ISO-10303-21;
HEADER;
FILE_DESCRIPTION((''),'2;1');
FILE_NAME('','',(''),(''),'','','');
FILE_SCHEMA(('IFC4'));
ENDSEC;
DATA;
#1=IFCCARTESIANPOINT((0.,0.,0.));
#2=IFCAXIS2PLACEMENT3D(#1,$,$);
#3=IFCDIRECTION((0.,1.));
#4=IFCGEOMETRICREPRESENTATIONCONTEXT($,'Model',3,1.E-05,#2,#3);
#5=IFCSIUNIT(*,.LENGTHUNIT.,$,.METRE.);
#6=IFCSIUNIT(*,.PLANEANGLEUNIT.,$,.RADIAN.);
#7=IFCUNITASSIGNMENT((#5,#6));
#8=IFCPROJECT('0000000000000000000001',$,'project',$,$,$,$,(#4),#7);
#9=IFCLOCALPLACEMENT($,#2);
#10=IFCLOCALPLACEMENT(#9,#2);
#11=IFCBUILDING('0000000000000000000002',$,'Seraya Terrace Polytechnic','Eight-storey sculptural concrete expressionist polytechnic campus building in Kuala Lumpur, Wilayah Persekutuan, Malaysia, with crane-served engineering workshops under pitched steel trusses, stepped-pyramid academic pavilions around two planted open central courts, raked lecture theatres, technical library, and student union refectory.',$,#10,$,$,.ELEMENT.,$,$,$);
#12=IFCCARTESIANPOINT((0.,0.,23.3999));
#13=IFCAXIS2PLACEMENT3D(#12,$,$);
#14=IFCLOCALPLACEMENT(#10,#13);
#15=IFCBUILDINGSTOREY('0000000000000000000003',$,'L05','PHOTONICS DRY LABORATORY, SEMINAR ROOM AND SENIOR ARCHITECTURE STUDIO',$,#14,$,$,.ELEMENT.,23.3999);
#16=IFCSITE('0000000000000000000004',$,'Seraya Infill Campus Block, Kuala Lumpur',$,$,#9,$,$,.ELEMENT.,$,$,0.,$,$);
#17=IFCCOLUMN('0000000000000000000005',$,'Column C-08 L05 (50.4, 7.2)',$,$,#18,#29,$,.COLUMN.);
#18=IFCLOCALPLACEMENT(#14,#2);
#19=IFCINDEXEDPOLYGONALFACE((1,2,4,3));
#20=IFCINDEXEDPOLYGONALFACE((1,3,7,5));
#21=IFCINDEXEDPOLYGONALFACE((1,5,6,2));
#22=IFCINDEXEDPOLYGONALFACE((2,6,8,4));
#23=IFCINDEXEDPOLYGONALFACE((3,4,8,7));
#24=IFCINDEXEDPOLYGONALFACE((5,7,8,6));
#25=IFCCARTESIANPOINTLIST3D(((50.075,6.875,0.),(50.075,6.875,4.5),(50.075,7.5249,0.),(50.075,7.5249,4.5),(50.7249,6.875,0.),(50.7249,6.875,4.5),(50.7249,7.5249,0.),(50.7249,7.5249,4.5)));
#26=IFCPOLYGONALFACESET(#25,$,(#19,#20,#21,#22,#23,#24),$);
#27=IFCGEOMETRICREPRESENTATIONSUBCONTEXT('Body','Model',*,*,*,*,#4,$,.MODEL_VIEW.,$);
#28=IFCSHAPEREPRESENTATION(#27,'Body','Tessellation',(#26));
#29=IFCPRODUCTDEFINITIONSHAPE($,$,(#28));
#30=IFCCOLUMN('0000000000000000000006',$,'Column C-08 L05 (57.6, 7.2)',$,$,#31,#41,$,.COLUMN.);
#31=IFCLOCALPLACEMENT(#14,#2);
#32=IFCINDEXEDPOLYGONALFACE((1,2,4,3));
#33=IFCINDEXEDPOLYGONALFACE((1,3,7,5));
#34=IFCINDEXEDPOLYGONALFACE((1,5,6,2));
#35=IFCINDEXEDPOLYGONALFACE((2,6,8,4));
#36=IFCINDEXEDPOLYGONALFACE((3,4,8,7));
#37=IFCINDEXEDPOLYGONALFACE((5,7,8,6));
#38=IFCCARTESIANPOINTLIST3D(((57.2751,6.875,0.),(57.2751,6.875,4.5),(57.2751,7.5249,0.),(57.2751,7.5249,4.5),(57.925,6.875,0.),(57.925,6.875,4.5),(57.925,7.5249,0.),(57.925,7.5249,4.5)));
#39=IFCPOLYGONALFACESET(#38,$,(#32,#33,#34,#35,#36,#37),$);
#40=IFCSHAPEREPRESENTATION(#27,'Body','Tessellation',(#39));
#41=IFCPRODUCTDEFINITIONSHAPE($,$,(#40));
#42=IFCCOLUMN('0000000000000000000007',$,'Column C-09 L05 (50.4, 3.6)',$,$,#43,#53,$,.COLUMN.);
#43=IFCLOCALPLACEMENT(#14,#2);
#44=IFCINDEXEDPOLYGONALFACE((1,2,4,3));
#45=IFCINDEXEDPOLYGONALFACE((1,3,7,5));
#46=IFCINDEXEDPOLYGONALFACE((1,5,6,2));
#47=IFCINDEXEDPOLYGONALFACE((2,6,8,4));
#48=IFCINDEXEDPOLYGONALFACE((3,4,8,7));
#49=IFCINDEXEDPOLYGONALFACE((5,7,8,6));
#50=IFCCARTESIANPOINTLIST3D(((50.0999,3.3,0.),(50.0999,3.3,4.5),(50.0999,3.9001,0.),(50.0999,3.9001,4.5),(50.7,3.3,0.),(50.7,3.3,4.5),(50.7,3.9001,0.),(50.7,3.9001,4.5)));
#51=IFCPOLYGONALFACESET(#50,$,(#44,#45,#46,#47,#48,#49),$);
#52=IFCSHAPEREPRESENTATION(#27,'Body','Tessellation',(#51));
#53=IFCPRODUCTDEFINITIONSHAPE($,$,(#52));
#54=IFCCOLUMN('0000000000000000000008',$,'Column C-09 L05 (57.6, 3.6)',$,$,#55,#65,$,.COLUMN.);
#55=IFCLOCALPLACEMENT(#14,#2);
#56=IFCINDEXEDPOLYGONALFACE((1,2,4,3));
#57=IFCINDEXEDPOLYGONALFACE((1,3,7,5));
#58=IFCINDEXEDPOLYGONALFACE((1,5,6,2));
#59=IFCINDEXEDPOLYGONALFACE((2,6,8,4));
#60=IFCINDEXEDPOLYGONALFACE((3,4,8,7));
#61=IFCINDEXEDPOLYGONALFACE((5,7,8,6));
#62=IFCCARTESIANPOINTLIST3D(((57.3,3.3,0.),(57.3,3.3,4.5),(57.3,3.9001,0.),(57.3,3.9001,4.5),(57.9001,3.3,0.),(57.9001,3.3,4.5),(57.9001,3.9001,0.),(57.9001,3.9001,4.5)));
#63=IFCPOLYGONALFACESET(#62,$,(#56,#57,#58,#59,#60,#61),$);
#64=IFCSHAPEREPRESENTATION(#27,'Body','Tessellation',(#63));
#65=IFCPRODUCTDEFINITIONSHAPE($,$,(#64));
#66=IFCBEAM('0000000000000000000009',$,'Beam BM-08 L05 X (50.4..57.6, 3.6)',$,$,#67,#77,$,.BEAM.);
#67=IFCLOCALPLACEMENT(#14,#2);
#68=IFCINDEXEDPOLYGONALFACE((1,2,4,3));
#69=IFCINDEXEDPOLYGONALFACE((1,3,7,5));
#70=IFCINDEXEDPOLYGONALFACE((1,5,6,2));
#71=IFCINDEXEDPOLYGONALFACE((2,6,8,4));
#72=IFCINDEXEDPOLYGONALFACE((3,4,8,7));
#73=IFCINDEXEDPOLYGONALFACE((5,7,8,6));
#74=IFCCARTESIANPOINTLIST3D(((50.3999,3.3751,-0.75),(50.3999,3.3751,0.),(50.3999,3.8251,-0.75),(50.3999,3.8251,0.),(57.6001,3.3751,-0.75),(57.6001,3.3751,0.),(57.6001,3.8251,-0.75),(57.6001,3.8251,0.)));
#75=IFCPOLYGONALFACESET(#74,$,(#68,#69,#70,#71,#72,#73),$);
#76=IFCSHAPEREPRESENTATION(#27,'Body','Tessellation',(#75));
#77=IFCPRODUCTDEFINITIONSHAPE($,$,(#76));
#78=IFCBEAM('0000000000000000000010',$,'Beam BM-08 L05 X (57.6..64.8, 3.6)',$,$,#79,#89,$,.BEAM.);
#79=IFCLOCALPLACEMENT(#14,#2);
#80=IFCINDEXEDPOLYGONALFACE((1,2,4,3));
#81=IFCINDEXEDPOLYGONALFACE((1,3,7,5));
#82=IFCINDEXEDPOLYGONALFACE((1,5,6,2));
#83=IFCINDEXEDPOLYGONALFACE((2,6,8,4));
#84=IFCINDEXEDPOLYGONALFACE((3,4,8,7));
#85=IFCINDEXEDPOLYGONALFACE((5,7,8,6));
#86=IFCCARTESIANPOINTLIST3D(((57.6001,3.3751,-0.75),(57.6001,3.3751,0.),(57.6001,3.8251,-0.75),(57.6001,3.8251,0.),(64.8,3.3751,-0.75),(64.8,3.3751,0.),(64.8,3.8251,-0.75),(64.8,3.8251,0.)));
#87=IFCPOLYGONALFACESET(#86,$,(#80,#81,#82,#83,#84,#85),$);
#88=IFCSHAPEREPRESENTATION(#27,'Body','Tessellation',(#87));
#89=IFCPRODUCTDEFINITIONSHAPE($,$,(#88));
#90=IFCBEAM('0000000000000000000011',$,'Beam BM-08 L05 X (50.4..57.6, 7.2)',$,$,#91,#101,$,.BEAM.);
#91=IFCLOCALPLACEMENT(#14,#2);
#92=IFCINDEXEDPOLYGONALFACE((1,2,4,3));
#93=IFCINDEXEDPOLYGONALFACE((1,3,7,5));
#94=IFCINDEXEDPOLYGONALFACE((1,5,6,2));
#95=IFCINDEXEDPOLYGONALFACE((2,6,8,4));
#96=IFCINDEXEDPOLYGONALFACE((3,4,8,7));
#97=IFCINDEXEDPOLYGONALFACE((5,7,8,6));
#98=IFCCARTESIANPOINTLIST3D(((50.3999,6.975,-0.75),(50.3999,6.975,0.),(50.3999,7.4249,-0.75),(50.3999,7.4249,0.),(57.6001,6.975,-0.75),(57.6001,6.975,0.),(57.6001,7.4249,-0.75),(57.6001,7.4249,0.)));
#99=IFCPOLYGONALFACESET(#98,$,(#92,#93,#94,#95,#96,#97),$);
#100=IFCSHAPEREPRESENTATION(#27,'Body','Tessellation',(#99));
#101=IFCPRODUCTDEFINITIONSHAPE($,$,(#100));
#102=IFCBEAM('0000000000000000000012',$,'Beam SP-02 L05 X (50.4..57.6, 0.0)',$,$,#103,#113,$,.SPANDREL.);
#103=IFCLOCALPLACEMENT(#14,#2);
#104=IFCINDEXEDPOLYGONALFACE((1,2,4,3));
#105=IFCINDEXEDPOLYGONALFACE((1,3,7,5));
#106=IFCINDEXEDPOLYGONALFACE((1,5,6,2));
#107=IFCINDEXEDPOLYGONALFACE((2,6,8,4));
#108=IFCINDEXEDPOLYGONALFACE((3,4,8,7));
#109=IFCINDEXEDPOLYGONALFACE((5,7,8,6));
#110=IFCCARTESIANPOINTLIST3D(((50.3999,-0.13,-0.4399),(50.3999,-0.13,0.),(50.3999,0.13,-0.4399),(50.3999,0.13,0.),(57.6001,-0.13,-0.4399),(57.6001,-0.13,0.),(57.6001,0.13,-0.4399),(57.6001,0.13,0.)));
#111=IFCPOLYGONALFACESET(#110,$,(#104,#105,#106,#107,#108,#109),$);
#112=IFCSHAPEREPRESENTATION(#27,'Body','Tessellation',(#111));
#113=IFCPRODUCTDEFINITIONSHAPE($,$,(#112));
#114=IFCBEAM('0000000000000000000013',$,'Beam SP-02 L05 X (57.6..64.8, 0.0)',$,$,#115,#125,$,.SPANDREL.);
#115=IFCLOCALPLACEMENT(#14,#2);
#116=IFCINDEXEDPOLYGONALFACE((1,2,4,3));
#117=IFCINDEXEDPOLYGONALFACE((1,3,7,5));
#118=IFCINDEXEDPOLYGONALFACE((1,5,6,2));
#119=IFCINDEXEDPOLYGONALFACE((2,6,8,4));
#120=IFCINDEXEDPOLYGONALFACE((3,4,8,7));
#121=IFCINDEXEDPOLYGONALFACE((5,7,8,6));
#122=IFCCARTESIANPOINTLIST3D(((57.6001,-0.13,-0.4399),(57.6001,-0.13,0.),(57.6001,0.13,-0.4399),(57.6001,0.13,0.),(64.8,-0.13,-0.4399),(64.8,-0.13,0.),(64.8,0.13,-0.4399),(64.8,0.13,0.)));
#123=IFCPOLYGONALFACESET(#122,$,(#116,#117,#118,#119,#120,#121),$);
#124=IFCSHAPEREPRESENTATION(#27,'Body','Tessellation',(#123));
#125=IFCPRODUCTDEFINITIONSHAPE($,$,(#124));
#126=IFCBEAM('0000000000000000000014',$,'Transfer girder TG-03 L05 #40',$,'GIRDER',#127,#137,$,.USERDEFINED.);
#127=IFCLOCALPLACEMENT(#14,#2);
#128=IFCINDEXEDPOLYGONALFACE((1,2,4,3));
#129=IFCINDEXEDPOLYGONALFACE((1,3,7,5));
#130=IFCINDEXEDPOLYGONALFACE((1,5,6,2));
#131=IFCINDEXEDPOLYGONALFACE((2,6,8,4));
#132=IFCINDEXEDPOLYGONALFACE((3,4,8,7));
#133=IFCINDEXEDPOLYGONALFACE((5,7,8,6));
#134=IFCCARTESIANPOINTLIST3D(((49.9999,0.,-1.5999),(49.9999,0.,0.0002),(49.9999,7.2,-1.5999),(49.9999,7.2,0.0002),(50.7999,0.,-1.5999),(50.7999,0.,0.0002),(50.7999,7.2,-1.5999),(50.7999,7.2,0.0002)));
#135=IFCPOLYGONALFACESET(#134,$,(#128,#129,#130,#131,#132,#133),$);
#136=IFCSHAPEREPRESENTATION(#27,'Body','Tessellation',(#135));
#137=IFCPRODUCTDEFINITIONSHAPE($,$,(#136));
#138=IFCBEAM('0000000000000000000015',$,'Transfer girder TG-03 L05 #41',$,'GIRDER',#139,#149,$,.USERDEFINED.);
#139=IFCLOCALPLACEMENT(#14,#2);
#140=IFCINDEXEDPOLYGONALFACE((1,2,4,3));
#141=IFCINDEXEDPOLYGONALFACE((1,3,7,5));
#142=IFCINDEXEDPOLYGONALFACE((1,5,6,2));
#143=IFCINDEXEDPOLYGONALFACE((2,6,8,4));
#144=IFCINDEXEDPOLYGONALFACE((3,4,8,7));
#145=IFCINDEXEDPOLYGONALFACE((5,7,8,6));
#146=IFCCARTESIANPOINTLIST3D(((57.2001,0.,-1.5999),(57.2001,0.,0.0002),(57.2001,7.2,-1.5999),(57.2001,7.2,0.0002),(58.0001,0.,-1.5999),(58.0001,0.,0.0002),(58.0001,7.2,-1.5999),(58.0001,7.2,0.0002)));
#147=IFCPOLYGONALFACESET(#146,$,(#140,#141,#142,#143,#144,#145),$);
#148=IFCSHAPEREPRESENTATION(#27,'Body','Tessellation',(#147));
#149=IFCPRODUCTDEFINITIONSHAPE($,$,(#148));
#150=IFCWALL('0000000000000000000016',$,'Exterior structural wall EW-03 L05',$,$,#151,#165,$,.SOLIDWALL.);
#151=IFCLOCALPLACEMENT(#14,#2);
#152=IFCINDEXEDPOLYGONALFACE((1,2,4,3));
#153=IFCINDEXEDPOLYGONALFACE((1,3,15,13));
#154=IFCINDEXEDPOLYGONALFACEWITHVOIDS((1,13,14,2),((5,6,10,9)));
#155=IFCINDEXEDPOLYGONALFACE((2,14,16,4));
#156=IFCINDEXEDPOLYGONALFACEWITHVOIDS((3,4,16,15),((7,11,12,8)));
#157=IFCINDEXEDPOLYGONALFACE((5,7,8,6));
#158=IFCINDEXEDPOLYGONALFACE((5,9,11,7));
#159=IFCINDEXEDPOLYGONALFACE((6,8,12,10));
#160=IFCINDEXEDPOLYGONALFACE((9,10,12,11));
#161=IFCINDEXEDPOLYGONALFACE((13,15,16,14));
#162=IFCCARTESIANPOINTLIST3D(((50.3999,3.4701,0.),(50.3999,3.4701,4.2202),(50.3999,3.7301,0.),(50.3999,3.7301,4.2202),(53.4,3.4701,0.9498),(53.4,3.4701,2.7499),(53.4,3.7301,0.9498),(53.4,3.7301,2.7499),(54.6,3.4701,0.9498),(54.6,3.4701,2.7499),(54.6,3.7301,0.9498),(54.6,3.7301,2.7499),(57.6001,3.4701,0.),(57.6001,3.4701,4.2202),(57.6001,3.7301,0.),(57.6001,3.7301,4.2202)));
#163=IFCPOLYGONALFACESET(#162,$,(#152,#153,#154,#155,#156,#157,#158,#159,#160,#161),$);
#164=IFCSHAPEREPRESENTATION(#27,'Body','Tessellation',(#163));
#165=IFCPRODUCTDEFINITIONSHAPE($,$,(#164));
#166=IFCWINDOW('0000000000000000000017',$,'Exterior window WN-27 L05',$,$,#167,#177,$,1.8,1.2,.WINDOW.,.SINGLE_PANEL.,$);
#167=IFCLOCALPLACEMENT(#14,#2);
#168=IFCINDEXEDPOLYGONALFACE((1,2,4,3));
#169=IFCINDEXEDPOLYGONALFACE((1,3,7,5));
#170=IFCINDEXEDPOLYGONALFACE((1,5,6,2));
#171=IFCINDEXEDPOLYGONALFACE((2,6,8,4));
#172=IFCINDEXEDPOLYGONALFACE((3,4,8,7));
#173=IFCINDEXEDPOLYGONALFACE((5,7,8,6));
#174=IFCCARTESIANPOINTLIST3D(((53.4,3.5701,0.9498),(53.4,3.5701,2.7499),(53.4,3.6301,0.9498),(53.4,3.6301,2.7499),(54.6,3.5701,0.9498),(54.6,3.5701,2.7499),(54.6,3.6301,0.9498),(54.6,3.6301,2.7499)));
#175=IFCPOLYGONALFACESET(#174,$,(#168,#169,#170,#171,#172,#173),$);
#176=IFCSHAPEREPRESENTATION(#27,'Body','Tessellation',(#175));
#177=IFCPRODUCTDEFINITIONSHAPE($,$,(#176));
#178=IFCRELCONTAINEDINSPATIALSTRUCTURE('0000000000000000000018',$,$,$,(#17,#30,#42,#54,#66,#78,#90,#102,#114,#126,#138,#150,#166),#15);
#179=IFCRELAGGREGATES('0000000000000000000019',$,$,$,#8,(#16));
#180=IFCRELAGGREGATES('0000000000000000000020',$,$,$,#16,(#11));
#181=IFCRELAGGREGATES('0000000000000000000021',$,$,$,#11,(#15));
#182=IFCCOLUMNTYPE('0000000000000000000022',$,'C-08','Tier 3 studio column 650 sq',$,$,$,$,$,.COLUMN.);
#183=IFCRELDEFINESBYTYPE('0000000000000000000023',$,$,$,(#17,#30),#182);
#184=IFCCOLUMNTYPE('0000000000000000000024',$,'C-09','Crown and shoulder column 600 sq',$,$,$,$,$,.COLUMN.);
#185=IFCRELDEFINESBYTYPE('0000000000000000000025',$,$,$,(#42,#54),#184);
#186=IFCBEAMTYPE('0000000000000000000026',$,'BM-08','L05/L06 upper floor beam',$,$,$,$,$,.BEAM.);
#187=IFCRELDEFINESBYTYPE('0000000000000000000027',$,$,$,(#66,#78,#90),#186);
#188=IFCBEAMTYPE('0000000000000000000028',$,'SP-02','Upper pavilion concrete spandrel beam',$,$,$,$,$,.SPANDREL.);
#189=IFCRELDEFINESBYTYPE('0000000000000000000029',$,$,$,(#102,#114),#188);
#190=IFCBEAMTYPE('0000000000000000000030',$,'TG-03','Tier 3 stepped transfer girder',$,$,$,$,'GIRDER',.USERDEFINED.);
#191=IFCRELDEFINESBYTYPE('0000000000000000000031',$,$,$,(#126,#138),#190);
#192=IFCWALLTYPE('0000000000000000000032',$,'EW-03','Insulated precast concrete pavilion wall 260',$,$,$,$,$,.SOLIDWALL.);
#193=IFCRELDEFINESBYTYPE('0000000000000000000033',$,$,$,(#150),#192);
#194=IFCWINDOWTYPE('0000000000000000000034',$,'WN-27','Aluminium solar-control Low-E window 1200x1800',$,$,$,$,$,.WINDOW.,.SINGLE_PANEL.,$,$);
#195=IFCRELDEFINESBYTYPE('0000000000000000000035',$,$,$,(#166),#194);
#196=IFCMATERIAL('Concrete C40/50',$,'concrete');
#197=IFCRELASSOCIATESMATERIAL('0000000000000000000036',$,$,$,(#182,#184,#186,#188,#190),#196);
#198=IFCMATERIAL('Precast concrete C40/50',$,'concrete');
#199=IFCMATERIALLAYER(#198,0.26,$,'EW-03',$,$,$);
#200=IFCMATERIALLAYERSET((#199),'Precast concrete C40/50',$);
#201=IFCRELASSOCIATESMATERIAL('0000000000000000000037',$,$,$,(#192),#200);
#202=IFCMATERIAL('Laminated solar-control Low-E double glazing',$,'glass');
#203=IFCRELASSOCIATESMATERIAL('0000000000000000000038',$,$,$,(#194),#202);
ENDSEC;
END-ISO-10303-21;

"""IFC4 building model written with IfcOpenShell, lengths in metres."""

from ifc_helpers import new_model, si_unit, direction, frame, frame_2d, origin, origin_2d, place, context, subcontext, project, spatial, rectangle, extrude, material, layer, layer_set, material_profile, profile_set, type_object, element, fill, save


model = new_model("IFC4")

# Units and contexts
model_context = context("Model", 3, precision=1e-05, world=origin(), true_north=direction((0.0, 1.0)))
body_context = subcontext(model_context, "Body", "Model", "MODEL_VIEW")
ifc_project = project(units=[si_unit("LENGTHUNIT", "METRE"), si_unit("PLANEANGLEUNIT", "RADIAN")], contexts=[model_context])

# Site, building, storey
site_placement = place(None, origin())
site = spatial("IfcSite", under=ifc_project, at=site_placement, Name="Seraya Infill Campus Block, Kuala Lumpur", CompositionType="ELEMENT", RefElevation=0.0)
building_placement = place(site_placement, origin())
building = spatial("IfcBuilding", under=site, at=building_placement, Name="Seraya Terrace Polytechnic", Description="Eight-storey sculptural concrete expressionist polytechnic campus building in Kuala Lumpur, Wilayah Persekutuan, Malaysia, with crane-served engineering workshops under pitched steel trusses, stepped-pyramid academic pavilions around two planted open central courts, raked lecture theatres, technical library, and student union refectory.", CompositionType="ELEMENT")
storey_placement = place(building_placement, frame((0.0, 0.0, 23.3999)))
storey = spatial("IfcBuildingStorey", under=building, at=storey_placement, Name="L05", Description="PHOTONICS DRY LABORATORY, SEMINAR ROOM AND SENIOR ARCHITECTURE STUDIO", CompositionType="ELEMENT", Elevation=23.3999)

# Columns
ifc_material_1 = material(Name="Concrete C40/50", Category="concrete")
ifc_material_profile_1 = material_profile(ifc_material_1, rectangle(XDim=0.6499, YDim=0.6499, at=origin_2d()), Name="RC 650x650")
ifc_profile_set_1 = profile_set([ifc_material_profile_1], Name="Concrete C40/50")
column_type_1 = type_object("IfcColumnType", Name="C-08", Description="Tier 3 studio column 650 sq", PredefinedType="COLUMN", material=ifc_profile_set_1)
for number, where, z_axis, x_axis, name in (
    (1, (50.3999, 7.2, 0.0), (0.0, 0.0, 1.0), (1.0, 0.0, 0.0), "Column C-08 L05 (50.4, 7.2)"),
    (2, (57.6001, 7.2, 0.0), (0.0, 0.0, 1.0), (1.0, 0.0, 0.0), "Column C-08 L05 (57.6, 7.2)"),
):
    element("IfcColumn", number, at=place(storey_placement, frame(where, z_axis=z_axis, x_axis=x_axis)), inside=storey, type_object=column_type_1, Name=name, PredefinedType="COLUMN", context=body_context, shape_type="SweptSolid", body=[
        extrude(rectangle(XDim=0.6499, YDim=0.6499, at=origin_2d()), origin(), (0.0, 0.0, 1.0), 4.5),
    ])
ifc_material_profile_2 = material_profile(ifc_material_1, rectangle(XDim=0.6001, YDim=0.6001, at=origin_2d()), Name="RC 600x600")
ifc_profile_set_2 = profile_set([ifc_material_profile_2], Name="Concrete C40/50")
column_type_2 = type_object("IfcColumnType", Name="C-09", Description="Crown and shoulder column 600 sq", PredefinedType="COLUMN", material=ifc_profile_set_2)
for number, where, z_axis, x_axis, name in (
    (3, (50.3999, 3.6001, 0.0), (0.0, 0.0, 1.0), (1.0, 0.0, 0.0), "Column C-09 L05 (50.4, 3.6)"),
    (4, (57.6001, 3.6001, 0.0), (0.0, 0.0, 1.0), (1.0, 0.0, 0.0), "Column C-09 L05 (57.6, 3.6)"),
):
    element("IfcColumn", number, at=place(storey_placement, frame(where, z_axis=z_axis, x_axis=x_axis)), inside=storey, type_object=column_type_2, Name=name, PredefinedType="COLUMN", context=body_context, shape_type="SweptSolid", body=[
        extrude(rectangle(XDim=0.6001, YDim=0.6001, at=origin_2d()), origin(), (0.0, 0.0, 1.0), 4.5),
    ])

# Beams
ifc_material_profile_3 = material_profile(ifc_material_1, rectangle(XDim=0.45, YDim=0.75, at=origin_2d()), Name="RC 450x750")
ifc_profile_set_3 = profile_set([ifc_material_profile_3], Name="Concrete C40/50")
beam_type_1 = type_object("IfcBeamType", Name="BM-08", Description="L05/L06 upper floor beam", PredefinedType="BEAM", material=ifc_profile_set_3)
beam_1_placement = place(storey_placement, frame((50.3999, 3.6001, -0.375), z_axis=(1.0, 0.0, 0.0), x_axis=(0.0, 1.0, 0.0)))
element("IfcBeam", 5, at=beam_1_placement, inside=storey, type_object=beam_type_1, Name="Beam BM-08 L05 X (50.4..57.6, 3.6)", PredefinedType="BEAM", context=body_context, shape_type="SweptSolid", body=[
    extrude(rectangle(XDim=0.45, YDim=0.75, at=origin_2d()), origin(), (0.0, 0.0, 1.0), 7.2002),
])
beam_2_placement = place(storey_placement, frame((57.6001, 3.6001, -0.375), z_axis=(1.0, 0.0, 0.0), x_axis=(0.0, 1.0, 0.0)))
element("IfcBeam", 6, at=beam_2_placement, inside=storey, type_object=beam_type_1, Name="Beam BM-08 L05 X (57.6..64.8, 3.6)", PredefinedType="BEAM", context=body_context, shape_type="SweptSolid", body=[
    extrude(rectangle(XDim=0.45, YDim=0.75, at=origin_2d()), origin(), (0.0, 0.0, 1.0), 7.2),
])
beam_3_placement = place(storey_placement, frame((50.3999, 7.2, -0.375), z_axis=(1.0, 0.0, 0.0), x_axis=(0.0, 1.0, 0.0)))
element("IfcBeam", 7, at=beam_3_placement, inside=storey, type_object=beam_type_1, Name="Beam BM-08 L05 X (50.4..57.6, 7.2)", PredefinedType="BEAM", context=body_context, shape_type="SweptSolid", body=[
    extrude(rectangle(XDim=0.45, YDim=0.75, at=origin_2d()), origin(), (0.0, 0.0, 1.0), 7.2002),
])
ifc_material_profile_4 = material_profile(ifc_material_1, rectangle(XDim=0.26, YDim=0.4399, at=origin_2d()), Name="RC 260x440")
ifc_profile_set_4 = profile_set([ifc_material_profile_4], Name="Concrete C40/50")
beam_type_2 = type_object("IfcBeamType", Name="SP-02", Description="Upper pavilion concrete spandrel beam", PredefinedType="SPANDREL", material=ifc_profile_set_4)
beam_4_placement = place(storey_placement, frame((50.3999, 0.0, -0.22), z_axis=(1.0, 0.0, 0.0), x_axis=(0.0, 1.0, 0.0)))
element("IfcBeam", 8, at=beam_4_placement, inside=storey, type_object=beam_type_2, Name="Beam SP-02 L05 X (50.4..57.6, 0.0)", PredefinedType="SPANDREL", context=body_context, shape_type="SweptSolid", body=[
    extrude(rectangle(XDim=0.26, YDim=0.4399, at=origin_2d()), origin(), (0.0, 0.0, 1.0), 7.2002),
])
beam_5_placement = place(storey_placement, frame((57.6001, 0.0, -0.22), z_axis=(1.0, 0.0, 0.0), x_axis=(0.0, 1.0, 0.0)))
element("IfcBeam", 9, at=beam_5_placement, inside=storey, type_object=beam_type_2, Name="Beam SP-02 L05 X (57.6..64.8, 0.0)", PredefinedType="SPANDREL", context=body_context, shape_type="SweptSolid", body=[
    extrude(rectangle(XDim=0.26, YDim=0.4399, at=origin_2d()), origin(), (0.0, 0.0, 1.0), 7.2),
])
ifc_material_profile_5 = material_profile(ifc_material_1, rectangle(XDim=0.8, YDim=1.6001, at=origin_2d()), Name="RC 800x1600")
ifc_profile_set_5 = profile_set([ifc_material_profile_5], Name="Concrete C40/50")
beam_type_3 = type_object("IfcBeamType", Name="TG-03", Description="Tier 3 stepped transfer girder", ElementType="GIRDER", PredefinedType="USERDEFINED", material=ifc_profile_set_5)
for number, where, z_axis, x_axis, name in (
    (10, (50.3999, 0.0, -0.7998), (0.0, 1.0, 0.0), (-1.0, 0.0, 0.0), "Transfer girder TG-03 L05 #40"),
    (11, (57.6001, 0.0, -0.7998), (0.0, 1.0, 0.0), (-1.0, 0.0, 0.0), "Transfer girder TG-03 L05 #41"),
):
    element("IfcBeam", number, at=place(storey_placement, frame(where, z_axis=z_axis, x_axis=x_axis)), inside=storey, type_object=beam_type_3, Name=name, ObjectType="GIRDER", PredefinedType="USERDEFINED", context=body_context, shape_type="SweptSolid", body=[
        extrude(rectangle(XDim=0.8, YDim=1.6001, at=origin_2d()), origin(), (0.0, 0.0, 1.0), 7.2),
    ])

# Wall, opening, window
ifc_material_2 = material(Name="Precast concrete C40/50", Category="concrete")
ifc_layer_1 = layer(ifc_material_2, 0.26, Name="EW-03")
ifc_layer_set_1 = layer_set([ifc_layer_1], Name="Precast concrete C40/50")
wall_type_1 = type_object("IfcWallType", Name="EW-03", Description="Insulated precast concrete pavilion wall 260", PredefinedType="SOLIDWALL", material=ifc_layer_set_1)
wall_1_placement = place(storey_placement, frame((57.6001, 3.6001, 0.0), z_axis=(0.0, 0.0, 1.0), x_axis=(-1.0, 0.0, 0.0)))
wall_1 = element("IfcWall", 12, at=wall_1_placement, inside=storey, type_object=wall_type_1, Name="Exterior structural wall EW-03 L05", PredefinedType="SOLIDWALL", context=body_context, shape_type="SweptSolid", body=[
    extrude(rectangle(XDim=7.2002, YDim=0.26, at=frame_2d((3.6001, 0.0))), origin(), (0.0, 0.0, 1.0), 4.2202),
])
opening_1_placement = place(wall_1_placement, frame((3.0, 0.0, 0.95)))
opening_1 = element("IfcOpeningElement", 13, at=opening_1_placement, cuts=wall_1, PredefinedType="OPENING", context=body_context, shape_type="SweptSolid", body=[
    extrude(rectangle(XDim=1.2, YDim=1.8, at=frame_2d((0.6001, 0.8999))), frame((0.0, 0.1421, 0.0), z_axis=(0.0, -1.0, 0.0), x_axis=(1.0, 0.0, 0.0)), (0.0, 0.0, 1.0), 0.2839),
])
ifc_material_3 = material(Name="Laminated solar-control Low-E double glazing", Category="glass")
window_type_1 = type_object("IfcWindowType", Name="WN-27", Description="Aluminium solar-control Low-E window 1200x1800", PartitioningType="SINGLE_PANEL", PredefinedType="WINDOW", material=ifc_material_3)
window_1_placement = place(opening_1_placement, origin())
window_1 = element("IfcWindow", 14, at=window_1_placement, inside=storey, type_object=window_type_1, Name="Exterior window WN-27 L05", OverallHeight=1.8, OverallWidth=1.2, PartitioningType="SINGLE_PANEL", PredefinedType="WINDOW", context=body_context, shape_type="SweptSolid", body=[
    extrude(rectangle(XDim=1.2, YDim=1.8, at=frame_2d((0.6001, 0.8999))), frame((0.0, 0.03, 0.0), z_axis=(0.0, -1.0, 0.0), x_axis=(1.0, 0.0, 0.0)), (0.0, 0.0, 1.0), 0.0601),
])
fill(opening_1, window_1)

save(model, "model.ifc")
